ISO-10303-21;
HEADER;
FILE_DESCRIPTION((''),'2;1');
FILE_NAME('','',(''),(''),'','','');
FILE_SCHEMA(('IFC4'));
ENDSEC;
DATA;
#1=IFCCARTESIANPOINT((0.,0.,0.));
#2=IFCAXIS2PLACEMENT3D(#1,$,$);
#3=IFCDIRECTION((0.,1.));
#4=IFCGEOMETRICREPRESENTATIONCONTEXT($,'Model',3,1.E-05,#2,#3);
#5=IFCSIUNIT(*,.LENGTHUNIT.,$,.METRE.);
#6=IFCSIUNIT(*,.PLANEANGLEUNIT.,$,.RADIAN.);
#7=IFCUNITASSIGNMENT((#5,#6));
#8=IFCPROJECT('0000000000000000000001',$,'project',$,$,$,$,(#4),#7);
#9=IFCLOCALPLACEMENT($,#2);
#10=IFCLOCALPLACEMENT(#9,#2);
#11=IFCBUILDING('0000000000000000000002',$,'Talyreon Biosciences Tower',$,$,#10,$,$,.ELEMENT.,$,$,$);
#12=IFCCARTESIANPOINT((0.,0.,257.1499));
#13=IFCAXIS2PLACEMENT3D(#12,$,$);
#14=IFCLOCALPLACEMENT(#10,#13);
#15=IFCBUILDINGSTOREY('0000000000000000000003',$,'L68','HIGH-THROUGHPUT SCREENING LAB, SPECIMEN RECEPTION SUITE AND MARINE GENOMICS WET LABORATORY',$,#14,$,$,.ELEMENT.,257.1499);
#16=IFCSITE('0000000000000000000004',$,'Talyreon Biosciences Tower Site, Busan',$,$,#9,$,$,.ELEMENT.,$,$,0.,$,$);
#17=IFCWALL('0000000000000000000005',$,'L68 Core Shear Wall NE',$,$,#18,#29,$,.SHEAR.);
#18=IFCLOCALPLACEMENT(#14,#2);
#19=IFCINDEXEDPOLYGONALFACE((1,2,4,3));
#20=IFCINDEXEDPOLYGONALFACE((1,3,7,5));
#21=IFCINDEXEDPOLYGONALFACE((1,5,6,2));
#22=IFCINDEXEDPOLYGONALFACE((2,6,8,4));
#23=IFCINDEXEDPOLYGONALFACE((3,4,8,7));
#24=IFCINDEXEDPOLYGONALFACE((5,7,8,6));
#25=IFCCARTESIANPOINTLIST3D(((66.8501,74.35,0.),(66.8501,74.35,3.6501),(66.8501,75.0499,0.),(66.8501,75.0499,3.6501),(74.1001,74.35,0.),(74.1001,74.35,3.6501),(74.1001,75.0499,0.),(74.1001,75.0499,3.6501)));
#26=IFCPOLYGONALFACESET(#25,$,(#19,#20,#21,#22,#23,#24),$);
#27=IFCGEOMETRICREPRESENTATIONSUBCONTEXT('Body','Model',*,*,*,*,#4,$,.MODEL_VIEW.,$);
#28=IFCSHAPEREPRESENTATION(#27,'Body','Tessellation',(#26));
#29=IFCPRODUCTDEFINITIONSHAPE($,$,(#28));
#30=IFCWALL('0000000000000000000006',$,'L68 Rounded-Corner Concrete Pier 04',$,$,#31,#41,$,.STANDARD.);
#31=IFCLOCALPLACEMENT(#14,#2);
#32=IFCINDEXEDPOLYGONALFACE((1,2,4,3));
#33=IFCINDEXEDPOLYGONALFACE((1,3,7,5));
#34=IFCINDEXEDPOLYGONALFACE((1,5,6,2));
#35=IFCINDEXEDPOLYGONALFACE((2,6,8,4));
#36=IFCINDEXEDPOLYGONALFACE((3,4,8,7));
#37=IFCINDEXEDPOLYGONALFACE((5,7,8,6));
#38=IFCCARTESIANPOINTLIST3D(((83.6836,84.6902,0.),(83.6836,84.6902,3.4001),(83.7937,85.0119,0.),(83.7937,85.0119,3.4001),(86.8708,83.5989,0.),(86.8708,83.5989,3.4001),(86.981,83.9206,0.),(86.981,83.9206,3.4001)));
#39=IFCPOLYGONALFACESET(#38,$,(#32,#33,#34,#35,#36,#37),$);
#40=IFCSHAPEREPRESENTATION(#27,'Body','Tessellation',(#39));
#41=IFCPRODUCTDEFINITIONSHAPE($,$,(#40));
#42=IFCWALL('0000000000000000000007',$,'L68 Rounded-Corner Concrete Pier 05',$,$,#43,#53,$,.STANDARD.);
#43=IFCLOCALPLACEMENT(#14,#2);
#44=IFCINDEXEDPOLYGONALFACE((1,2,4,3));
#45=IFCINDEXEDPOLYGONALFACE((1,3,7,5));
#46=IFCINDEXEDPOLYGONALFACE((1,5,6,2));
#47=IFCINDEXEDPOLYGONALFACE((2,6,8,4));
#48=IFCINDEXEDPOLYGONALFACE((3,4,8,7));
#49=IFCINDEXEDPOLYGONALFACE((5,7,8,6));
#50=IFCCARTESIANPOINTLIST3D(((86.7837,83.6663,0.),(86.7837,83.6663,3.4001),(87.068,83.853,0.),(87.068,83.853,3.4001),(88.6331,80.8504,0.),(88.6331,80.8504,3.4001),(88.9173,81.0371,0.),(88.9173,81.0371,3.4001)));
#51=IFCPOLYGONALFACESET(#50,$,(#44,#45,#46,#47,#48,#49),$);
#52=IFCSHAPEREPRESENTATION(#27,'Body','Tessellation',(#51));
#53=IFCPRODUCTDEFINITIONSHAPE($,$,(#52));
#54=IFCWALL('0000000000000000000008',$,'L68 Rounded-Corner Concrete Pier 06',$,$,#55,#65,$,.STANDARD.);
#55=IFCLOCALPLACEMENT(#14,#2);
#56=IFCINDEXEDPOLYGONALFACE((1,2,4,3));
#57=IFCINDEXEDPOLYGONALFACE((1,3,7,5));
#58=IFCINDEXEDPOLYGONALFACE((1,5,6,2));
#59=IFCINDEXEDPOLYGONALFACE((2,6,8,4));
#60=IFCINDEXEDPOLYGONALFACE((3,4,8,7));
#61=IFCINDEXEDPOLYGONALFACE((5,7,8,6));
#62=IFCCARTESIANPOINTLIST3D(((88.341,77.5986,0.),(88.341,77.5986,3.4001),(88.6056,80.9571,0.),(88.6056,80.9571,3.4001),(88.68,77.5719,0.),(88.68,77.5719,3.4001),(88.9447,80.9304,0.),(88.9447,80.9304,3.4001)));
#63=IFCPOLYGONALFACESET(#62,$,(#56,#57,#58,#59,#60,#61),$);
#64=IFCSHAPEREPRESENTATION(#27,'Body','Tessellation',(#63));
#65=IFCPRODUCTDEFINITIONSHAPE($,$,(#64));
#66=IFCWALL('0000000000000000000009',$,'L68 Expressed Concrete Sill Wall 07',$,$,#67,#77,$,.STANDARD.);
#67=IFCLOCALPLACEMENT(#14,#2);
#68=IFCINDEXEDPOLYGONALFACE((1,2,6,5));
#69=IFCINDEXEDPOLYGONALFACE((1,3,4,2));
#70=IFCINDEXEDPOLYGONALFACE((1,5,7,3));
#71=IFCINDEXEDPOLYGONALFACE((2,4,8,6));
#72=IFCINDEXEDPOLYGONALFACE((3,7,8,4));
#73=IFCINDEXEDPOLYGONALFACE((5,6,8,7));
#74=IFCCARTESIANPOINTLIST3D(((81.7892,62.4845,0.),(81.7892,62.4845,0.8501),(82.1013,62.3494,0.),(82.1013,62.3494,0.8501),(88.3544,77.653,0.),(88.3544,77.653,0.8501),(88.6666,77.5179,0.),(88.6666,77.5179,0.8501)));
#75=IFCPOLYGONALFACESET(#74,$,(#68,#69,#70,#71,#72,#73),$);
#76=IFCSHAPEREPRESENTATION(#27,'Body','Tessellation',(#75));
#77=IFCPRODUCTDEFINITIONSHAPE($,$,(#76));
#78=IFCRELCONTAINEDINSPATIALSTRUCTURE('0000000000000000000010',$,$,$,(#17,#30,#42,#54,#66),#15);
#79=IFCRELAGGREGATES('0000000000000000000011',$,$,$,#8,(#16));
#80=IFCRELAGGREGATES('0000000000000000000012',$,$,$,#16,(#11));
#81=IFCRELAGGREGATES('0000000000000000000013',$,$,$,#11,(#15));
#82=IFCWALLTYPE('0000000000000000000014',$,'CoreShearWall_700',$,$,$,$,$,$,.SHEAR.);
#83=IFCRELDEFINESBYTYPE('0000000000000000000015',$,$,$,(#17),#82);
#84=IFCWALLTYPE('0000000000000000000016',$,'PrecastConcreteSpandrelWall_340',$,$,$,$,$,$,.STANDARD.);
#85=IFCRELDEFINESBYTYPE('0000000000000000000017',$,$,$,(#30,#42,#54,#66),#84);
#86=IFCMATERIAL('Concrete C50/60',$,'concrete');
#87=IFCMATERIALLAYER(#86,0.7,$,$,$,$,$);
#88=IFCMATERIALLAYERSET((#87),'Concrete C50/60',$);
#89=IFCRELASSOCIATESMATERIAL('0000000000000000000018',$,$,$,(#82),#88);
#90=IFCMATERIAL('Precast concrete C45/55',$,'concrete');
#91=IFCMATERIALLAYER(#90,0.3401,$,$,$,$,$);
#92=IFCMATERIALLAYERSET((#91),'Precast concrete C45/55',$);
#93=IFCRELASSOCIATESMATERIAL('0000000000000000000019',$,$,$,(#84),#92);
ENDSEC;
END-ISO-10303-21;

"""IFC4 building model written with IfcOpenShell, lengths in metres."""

from ifc_helpers import new_model, si_unit, direction, frame, frame_2d, origin, place, context, subcontext, project, spatial, rectangle, extrude, material, layer, layer_set, type_object, element, save


model = new_model("IFC4")

# Units and contexts
model_context = context("Model", 3, precision=1e-05, world=origin(), true_north=direction((0.0, 1.0)))
body_context = subcontext(model_context, "Body", "Model", "MODEL_VIEW")
ifc_project = project(units=[si_unit("LENGTHUNIT", "METRE"), si_unit("PLANEANGLEUNIT", "RADIAN")], contexts=[model_context])

# Site, building, storey
site_placement = place(None, origin())
site = spatial("IfcSite", under=ifc_project, at=site_placement, Name="Talyreon Biosciences Tower Site, Busan", CompositionType="ELEMENT", RefElevation=0.0)
building_placement = place(site_placement, origin())
building = spatial("IfcBuilding", under=site, at=building_placement, Name="Talyreon Biosciences Tower", CompositionType="ELEMENT")
storey_placement = place(building_placement, frame((0.0, 0.0, 257.1499)))
storey = spatial("IfcBuildingStorey", under=building, at=storey_placement, Name="L68", Description="HIGH-THROUGHPUT SCREENING LAB, SPECIMEN RECEPTION SUITE AND MARINE GENOMICS WET LABORATORY", CompositionType="ELEMENT", Elevation=257.1499)

# Shared definitions
ifc_material_1 = material(Name="Concrete C50/60", Category="concrete")

# Shared definitions
ifc_material_2 = material(Name="Precast concrete C45/55", Category="concrete")

# Walls
ifc_layer_1 = layer(ifc_material_1, 0.7)
ifc_layer_set_1 = layer_set([ifc_layer_1], Name="Concrete C50/60")
wall_type_1 = type_object("IfcWallType", Name="CoreShearWall_700", PredefinedType="SHEAR", material=ifc_layer_set_1)
wall_1_placement = place(storey_placement, frame((74.1001, 74.7, 0.0), z_axis=(0.0, 0.0, 1.0), x_axis=(-1.0, 0.0, 0.0)))
element("IfcWall", 1, at=wall_1_placement, inside=storey, type_object=wall_type_1, Name="L68 Core Shear Wall NE", PredefinedType="SHEAR", context=body_context, shape_type="SweptSolid", body=[
    extrude(rectangle(XDim=7.25, YDim=0.7, at=frame_2d((3.625, 0.0))), origin(), (0.0, 0.0, 1.0), 3.6501),
])
ifc_layer_2 = layer(ifc_material_2, 0.3401)
ifc_layer_set_2 = layer_set([ifc_layer_2], Name="Precast concrete C45/55")
wall_type_2 = type_object("IfcWallType", Name="PrecastConcreteSpandrelWall_340", PredefinedType="STANDARD", material=ifc_layer_set_2)
for number, where, z_axis, x_axis, name in (
    (2, (83.7385, 84.8511, 0.0), (0.0, 0.0, 1.0), (0.946079, -0.323935, 0.0), "L68 Rounded-Corner Concrete Pier 04"),
    (3, (86.9258, 83.7598, 0.0), (0.0, 0.0, 1.0), (0.548951, -0.835855, 0.0), "L68 Rounded-Corner Concrete Pier 05"),
    (4, (88.7751, 80.9438, 0.0), (0.0, 0.0, 1.0), (-0.078558, -0.99691, 0.0), "L68 Rounded-Corner Concrete Pier 06"),
):
    element("IfcWall", number, at=place(storey_placement, frame(where, z_axis=z_axis, x_axis=x_axis)), inside=storey, type_object=wall_type_2, Name=name, PredefinedType="STANDARD", context=body_context, shape_type="SweptSolid", body=[
        extrude(rectangle(XDim=3.3689, YDim=0.3401, at=frame_2d((1.6846, 0.0))), origin(), (0.0, 0.0, 1.0), 3.4001),
    ])
wall_2_placement = place(storey_placement, frame((88.5105, 77.5854, 0.0), z_axis=(0.0, 0.0, 1.0), x_axis=(-0.397209, -0.917728, 0.0)))
element("IfcWall", 5, at=wall_2_placement, inside=storey, type_object=wall_type_2, Name="L68 Expressed Concrete Sill Wall 07", PredefinedType="STANDARD", context=body_context, shape_type="SweptSolid", body=[
    extrude(rectangle(XDim=16.5283, YDim=0.3401, at=frame_2d((8.2642, 0.0))), origin(), (0.0, 0.0, 1.0), 0.8501),
])

save(model, "model.ifc")
